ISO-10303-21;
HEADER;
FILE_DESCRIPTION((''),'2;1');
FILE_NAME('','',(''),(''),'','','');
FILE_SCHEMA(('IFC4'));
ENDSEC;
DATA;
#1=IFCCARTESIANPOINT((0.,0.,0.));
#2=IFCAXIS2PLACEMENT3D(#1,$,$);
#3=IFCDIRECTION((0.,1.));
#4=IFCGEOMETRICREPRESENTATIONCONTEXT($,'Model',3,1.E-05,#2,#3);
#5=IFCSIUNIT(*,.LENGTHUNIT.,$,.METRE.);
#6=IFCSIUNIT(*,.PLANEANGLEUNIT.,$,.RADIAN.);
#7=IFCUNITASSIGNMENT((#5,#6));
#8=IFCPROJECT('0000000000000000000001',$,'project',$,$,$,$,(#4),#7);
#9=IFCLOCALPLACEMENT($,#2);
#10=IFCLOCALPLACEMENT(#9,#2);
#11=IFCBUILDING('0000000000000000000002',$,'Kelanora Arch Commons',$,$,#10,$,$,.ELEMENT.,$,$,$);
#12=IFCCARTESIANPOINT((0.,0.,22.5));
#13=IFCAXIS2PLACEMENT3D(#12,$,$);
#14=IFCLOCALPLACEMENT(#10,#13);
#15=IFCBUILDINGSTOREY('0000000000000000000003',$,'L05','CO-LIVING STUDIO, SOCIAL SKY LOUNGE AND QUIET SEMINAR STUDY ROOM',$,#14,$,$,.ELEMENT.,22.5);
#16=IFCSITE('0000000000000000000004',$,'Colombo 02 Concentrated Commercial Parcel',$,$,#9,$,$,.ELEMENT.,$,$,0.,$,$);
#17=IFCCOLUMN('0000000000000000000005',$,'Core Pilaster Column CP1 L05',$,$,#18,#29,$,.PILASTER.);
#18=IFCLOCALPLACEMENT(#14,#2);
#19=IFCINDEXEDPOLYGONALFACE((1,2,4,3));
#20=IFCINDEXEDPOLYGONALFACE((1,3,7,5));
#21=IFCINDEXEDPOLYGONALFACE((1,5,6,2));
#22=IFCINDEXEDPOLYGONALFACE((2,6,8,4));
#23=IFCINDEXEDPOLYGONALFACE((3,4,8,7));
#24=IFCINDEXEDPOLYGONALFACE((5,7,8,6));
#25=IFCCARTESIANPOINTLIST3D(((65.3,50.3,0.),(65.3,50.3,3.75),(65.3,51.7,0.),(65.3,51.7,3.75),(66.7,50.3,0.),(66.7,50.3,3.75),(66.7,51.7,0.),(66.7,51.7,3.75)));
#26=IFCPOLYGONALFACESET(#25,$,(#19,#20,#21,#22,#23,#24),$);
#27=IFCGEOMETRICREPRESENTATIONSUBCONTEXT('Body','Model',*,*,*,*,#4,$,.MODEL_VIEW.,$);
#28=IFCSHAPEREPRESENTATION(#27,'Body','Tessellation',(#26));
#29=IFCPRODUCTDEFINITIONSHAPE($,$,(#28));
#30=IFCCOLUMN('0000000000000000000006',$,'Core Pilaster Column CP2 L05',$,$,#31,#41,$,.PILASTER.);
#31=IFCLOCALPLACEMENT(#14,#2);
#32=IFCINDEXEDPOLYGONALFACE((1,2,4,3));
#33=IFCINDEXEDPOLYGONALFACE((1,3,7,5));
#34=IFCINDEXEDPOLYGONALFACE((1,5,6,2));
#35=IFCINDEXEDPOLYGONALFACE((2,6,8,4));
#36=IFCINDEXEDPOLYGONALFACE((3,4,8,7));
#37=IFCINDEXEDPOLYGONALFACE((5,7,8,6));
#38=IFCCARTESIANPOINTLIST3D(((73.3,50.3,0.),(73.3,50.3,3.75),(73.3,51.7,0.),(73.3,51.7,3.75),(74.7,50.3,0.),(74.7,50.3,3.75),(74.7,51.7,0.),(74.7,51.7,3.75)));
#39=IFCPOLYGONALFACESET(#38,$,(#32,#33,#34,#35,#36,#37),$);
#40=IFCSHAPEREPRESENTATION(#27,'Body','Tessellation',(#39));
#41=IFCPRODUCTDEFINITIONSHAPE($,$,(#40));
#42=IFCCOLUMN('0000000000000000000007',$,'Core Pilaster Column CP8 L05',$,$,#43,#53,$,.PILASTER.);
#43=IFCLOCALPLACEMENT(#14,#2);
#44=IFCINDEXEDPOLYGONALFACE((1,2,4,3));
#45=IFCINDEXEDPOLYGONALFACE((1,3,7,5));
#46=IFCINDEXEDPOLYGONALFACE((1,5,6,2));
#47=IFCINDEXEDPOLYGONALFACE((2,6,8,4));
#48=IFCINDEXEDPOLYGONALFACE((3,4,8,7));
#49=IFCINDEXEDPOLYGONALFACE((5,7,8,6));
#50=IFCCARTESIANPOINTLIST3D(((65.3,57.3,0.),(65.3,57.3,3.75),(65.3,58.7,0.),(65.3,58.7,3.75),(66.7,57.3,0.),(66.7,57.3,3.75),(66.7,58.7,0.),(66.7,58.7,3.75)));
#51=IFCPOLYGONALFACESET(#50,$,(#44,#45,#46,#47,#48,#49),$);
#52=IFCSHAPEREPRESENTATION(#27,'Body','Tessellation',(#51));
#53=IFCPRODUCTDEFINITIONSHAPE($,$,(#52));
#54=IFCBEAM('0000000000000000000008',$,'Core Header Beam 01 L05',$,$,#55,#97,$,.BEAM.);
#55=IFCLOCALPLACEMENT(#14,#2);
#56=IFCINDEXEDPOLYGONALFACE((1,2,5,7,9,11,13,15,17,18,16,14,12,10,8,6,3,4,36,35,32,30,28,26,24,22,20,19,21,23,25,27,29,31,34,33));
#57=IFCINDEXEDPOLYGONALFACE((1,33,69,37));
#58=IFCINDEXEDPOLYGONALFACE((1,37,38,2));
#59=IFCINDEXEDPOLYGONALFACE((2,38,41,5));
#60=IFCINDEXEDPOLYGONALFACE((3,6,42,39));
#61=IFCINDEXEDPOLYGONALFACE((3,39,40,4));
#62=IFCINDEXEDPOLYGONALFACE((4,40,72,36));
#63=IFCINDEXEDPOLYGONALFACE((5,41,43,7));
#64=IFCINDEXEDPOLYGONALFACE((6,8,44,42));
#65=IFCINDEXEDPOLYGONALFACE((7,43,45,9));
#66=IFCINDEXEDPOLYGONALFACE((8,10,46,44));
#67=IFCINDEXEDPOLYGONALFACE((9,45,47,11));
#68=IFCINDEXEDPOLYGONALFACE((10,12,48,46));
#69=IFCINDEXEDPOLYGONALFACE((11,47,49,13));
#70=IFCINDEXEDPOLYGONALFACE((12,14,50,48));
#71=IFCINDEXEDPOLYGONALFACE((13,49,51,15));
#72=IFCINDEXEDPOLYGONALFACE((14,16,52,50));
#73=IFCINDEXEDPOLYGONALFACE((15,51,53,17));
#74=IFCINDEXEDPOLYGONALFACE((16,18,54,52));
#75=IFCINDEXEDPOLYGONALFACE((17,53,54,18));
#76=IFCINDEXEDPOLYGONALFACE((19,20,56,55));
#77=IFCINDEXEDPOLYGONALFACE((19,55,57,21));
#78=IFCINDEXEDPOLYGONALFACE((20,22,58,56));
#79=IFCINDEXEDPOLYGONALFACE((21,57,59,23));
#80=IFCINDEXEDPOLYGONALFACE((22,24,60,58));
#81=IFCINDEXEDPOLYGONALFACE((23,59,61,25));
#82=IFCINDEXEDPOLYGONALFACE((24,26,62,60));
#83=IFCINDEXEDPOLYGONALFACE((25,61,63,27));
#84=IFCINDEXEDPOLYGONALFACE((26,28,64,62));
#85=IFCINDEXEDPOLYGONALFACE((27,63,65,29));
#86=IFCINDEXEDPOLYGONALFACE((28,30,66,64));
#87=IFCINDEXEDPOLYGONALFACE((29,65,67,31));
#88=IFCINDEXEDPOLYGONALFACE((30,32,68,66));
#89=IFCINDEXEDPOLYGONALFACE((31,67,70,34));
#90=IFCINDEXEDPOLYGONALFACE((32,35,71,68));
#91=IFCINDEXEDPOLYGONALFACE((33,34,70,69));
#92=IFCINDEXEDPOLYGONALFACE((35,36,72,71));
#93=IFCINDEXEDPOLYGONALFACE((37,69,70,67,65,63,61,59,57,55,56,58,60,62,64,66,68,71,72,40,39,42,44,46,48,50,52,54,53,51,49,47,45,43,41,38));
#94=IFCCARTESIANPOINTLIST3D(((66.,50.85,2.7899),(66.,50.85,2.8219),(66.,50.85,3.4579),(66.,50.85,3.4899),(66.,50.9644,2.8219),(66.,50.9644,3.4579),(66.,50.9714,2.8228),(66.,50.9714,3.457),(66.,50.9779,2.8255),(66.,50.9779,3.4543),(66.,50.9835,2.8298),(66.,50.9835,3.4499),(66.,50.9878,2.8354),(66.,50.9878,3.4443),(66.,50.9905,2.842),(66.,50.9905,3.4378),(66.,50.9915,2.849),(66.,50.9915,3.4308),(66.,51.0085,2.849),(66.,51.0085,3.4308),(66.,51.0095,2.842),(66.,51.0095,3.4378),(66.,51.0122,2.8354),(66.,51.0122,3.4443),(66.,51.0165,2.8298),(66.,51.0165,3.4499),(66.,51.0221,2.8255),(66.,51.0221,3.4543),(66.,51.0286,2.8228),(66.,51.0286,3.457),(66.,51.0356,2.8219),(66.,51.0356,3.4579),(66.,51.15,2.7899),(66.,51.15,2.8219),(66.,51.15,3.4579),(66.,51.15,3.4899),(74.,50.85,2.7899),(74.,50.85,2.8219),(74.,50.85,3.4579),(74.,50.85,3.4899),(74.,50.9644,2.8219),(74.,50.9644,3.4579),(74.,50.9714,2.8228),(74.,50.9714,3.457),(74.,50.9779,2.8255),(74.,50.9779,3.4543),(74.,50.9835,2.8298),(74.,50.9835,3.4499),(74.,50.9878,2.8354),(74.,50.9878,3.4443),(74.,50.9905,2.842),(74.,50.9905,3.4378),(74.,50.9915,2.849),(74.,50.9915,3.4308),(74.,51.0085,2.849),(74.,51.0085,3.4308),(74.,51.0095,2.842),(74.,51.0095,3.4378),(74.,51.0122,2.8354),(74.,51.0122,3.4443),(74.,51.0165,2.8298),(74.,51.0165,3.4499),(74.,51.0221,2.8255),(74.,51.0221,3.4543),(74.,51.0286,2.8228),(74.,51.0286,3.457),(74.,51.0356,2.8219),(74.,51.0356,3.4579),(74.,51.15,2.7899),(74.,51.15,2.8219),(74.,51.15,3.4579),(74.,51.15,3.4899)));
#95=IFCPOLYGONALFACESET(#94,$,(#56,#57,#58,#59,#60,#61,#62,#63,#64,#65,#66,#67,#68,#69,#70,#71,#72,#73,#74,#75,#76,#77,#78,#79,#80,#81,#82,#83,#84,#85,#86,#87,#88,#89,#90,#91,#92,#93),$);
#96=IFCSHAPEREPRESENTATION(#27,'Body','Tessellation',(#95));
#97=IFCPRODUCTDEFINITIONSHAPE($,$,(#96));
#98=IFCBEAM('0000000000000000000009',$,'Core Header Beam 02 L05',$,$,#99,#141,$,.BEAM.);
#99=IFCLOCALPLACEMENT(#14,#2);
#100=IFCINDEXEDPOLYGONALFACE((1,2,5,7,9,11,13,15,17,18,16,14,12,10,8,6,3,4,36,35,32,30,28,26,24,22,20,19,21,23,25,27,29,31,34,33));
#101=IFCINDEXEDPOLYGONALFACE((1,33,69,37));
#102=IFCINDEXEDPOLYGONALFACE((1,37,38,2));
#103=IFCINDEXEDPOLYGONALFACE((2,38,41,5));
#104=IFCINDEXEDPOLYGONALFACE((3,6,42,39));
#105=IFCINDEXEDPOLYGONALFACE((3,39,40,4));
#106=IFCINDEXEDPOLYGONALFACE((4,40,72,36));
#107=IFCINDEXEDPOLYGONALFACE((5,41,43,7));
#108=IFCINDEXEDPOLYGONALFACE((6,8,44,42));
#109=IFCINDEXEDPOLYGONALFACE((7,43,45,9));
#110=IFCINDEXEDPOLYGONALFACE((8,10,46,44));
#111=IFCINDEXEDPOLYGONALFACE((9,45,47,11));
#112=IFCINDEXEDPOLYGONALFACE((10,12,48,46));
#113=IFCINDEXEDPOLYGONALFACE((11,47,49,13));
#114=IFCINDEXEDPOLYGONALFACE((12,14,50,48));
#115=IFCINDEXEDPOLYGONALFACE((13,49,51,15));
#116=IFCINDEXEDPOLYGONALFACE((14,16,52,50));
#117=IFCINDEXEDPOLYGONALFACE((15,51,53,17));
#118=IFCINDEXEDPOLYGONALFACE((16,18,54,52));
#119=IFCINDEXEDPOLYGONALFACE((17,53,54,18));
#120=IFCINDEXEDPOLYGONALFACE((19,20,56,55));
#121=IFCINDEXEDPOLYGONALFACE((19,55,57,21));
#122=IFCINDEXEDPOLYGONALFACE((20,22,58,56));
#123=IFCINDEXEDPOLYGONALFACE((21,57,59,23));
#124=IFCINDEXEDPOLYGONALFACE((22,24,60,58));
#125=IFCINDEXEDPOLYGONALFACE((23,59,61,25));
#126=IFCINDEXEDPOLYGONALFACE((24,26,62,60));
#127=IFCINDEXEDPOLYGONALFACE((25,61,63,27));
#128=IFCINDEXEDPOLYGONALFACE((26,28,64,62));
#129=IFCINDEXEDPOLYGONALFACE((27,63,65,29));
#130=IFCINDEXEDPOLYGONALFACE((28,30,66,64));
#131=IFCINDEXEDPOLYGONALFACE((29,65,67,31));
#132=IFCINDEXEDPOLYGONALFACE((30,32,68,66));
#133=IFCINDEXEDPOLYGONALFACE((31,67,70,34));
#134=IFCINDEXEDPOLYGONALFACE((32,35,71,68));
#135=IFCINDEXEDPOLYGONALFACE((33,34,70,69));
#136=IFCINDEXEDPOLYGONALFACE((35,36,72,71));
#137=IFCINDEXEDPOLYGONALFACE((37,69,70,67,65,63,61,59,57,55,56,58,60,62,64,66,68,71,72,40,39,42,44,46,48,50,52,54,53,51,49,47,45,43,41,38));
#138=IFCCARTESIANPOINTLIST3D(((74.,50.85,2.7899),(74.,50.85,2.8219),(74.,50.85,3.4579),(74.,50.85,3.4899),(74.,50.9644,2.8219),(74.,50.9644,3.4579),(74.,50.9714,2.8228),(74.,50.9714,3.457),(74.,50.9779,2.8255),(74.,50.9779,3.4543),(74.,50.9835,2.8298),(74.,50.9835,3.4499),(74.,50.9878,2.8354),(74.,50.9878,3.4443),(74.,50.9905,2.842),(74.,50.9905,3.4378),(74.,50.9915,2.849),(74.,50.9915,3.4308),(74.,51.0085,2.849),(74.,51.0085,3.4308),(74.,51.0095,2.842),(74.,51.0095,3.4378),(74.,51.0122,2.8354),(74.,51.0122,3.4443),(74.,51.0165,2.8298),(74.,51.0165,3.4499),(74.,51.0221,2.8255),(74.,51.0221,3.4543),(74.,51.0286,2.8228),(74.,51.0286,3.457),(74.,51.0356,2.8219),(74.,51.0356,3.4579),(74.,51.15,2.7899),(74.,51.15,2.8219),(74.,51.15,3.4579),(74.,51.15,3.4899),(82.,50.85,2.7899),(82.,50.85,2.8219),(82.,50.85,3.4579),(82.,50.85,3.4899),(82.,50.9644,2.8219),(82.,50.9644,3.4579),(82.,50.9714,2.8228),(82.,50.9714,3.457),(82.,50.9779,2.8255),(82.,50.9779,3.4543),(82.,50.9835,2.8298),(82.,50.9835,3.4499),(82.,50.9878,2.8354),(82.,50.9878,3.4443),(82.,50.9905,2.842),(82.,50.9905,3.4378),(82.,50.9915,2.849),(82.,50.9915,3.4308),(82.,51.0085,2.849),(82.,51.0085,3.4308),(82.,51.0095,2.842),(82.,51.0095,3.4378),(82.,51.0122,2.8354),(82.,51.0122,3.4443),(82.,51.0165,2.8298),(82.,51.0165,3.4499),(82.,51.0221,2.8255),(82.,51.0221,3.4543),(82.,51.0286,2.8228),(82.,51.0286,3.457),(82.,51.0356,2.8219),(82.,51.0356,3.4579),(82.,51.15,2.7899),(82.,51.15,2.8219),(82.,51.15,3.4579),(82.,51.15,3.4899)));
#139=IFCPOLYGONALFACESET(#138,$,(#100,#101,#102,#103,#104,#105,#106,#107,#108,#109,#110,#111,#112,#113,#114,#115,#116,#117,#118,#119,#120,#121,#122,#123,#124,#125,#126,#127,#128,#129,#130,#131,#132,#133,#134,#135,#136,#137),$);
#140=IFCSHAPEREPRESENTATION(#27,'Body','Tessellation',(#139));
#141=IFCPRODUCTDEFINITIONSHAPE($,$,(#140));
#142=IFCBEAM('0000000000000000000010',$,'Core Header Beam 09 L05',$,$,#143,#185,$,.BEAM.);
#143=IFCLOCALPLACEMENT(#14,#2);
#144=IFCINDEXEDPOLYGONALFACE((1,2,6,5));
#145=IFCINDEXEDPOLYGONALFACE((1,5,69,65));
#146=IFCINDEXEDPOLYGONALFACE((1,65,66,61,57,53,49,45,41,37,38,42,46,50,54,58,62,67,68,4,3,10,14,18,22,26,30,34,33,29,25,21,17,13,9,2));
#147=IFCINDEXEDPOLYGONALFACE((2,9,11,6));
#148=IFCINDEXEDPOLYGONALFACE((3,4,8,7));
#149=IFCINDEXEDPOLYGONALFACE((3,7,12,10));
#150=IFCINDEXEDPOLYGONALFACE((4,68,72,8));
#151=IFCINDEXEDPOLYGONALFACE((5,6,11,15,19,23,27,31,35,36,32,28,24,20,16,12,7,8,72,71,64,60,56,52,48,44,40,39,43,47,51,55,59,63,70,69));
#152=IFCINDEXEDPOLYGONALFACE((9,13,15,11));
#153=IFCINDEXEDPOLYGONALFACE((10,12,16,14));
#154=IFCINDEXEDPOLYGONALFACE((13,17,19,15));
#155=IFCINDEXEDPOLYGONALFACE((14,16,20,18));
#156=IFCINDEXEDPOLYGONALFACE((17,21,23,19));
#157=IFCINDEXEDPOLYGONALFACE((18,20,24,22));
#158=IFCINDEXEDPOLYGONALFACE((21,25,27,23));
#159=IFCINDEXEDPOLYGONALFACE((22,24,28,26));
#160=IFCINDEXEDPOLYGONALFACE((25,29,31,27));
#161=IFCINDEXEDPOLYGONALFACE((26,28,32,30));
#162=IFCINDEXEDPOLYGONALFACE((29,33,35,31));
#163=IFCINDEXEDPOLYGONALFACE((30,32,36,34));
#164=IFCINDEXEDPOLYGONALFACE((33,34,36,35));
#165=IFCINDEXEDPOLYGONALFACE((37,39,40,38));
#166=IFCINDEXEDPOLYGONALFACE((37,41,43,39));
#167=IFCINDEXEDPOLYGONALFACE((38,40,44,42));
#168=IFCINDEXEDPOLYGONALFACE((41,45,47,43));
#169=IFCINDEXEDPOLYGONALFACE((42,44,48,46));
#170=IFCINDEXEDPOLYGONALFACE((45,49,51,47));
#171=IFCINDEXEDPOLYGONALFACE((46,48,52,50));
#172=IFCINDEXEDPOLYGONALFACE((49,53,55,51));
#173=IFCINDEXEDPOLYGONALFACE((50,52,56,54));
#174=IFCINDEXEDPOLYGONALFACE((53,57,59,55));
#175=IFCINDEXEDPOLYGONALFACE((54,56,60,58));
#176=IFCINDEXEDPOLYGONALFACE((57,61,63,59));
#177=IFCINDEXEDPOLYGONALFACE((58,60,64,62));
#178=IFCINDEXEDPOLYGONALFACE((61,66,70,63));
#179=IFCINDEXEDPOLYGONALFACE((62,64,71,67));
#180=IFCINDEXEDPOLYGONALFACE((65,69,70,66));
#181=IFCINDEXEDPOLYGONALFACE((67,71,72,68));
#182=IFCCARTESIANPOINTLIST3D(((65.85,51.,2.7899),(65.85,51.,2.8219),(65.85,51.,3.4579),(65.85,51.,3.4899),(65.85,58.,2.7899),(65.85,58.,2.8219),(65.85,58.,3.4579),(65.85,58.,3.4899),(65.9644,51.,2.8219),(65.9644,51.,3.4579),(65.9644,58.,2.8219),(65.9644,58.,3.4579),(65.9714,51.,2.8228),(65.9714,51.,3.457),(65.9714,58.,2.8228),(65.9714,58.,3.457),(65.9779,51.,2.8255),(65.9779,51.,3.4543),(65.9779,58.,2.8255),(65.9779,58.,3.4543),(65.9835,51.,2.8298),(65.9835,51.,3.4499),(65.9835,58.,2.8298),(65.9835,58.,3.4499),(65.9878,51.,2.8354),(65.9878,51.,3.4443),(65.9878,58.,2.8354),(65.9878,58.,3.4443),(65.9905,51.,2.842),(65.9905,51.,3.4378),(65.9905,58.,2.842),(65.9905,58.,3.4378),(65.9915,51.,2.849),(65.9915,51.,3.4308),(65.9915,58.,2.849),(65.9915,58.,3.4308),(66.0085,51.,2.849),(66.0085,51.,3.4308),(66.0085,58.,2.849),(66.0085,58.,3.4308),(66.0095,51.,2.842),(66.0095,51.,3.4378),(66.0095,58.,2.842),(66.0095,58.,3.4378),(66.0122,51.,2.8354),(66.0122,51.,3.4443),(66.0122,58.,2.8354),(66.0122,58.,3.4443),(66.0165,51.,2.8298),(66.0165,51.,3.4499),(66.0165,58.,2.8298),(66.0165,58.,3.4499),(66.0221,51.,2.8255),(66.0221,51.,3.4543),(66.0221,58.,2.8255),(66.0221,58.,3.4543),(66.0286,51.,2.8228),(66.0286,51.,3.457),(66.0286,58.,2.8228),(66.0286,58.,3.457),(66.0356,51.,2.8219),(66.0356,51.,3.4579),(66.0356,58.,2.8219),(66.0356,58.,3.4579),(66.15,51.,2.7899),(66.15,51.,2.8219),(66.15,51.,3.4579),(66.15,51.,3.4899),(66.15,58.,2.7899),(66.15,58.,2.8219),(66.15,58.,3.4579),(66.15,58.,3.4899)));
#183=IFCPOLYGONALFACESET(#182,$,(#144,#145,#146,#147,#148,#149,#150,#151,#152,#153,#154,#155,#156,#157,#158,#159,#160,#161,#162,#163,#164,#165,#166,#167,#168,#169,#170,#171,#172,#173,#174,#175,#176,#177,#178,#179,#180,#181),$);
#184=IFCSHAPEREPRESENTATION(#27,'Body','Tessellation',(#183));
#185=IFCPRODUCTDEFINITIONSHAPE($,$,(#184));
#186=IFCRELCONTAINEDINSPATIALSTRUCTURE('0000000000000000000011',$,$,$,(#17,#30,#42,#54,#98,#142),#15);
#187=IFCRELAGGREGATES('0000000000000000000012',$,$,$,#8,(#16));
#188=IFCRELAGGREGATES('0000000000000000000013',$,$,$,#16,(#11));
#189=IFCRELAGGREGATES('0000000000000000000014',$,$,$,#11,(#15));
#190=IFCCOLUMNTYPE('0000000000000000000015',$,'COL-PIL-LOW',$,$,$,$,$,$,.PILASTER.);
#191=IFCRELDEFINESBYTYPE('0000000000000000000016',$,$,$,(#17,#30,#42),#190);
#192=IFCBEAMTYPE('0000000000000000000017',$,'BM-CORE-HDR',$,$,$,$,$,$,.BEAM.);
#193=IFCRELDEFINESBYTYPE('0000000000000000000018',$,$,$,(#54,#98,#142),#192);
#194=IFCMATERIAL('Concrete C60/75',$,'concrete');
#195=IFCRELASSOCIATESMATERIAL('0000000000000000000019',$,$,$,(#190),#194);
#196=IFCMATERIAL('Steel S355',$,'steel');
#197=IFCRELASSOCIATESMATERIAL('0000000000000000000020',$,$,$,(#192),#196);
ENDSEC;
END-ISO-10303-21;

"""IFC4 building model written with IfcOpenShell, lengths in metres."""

from ifc_helpers import new_model, si_unit, direction, frame, origin, origin_2d, place, context, subcontext, project, spatial, rectangle, i_section, extrude, material, material_profile, profile_set, type_object, element, save


model = new_model("IFC4")

# Units and contexts
model_context = context("Model", 3, precision=1e-05, world=origin(), true_north=direction((0.0, 1.0)))
body_context = subcontext(model_context, "Body", "Model", "MODEL_VIEW")
ifc_project = project(units=[si_unit("LENGTHUNIT", "METRE"), si_unit("PLANEANGLEUNIT", "RADIAN")], contexts=[model_context])

# Site, building, storey
site_placement = place(None, origin())
site = spatial("IfcSite", under=ifc_project, at=site_placement, Name="Colombo 02 Concentrated Commercial Parcel", CompositionType="ELEMENT", RefElevation=0.0)
building_placement = place(site_placement, origin())
building = spatial("IfcBuilding", under=site, at=building_placement, Name="Kelanora Arch Commons", CompositionType="ELEMENT")
storey_placement = place(building_placement, frame((0.0, 0.0, 22.5)))
storey = spatial("IfcBuildingStorey", under=building, at=storey_placement, Name="L05", Description="CO-LIVING STUDIO, SOCIAL SKY LOUNGE AND QUIET SEMINAR STUDY ROOM", CompositionType="ELEMENT", Elevation=22.5)

# Columns
ifc_material_1 = material(Name="Concrete C60/75", Category="concrete")
ifc_material_profile_1 = material_profile(ifc_material_1, rectangle(XDim=1.3999, YDim=1.3999, at=origin_2d()), Name="RC1400x1400")
ifc_profile_set_1 = profile_set([ifc_material_profile_1], Name="Concrete C60/75")
column_type = type_object("IfcColumnType", Name="COL-PIL-LOW", PredefinedType="PILASTER", material=ifc_profile_set_1)
for number, where, z_axis, x_axis, name in (
    (1, (66.0, 51.0, 0.0), (0.0, 0.0, 1.0), (1.0, 0.0, 0.0), "Core Pilaster Column CP1 L05"),
    (2, (74.0, 51.0, 0.0), (0.0, 0.0, 1.0), (1.0, 0.0, 0.0), "Core Pilaster Column CP2 L05"),
    (3, (66.0, 58.0, 0.0), (0.0, 0.0, 1.0), (1.0, 0.0, 0.0), "Core Pilaster Column CP8 L05"),
):
    element("IfcColumn", number, at=place(storey_placement, frame(where, z_axis=z_axis, x_axis=x_axis)), inside=storey, type_object=column_type, Name=name, PredefinedType="PILASTER", context=body_context, shape_type="SweptSolid", body=[
        extrude(rectangle(XDim=1.3999, YDim=1.3999, at=origin_2d()), origin(), (0.0, 0.0, 1.0), 3.75),
    ])

# Beams
ifc_material_2 = material(Name="Steel S355", Category="steel")
ifc_material_profile_2 = material_profile(ifc_material_2, i_section(OverallWidth=0.3, OverallDepth=0.7, WebThickness=0.0171, FlangeThickness=0.032, FilletRadius=0.0271, at=origin_2d()), Name="HEB700")
ifc_profile_set_2 = profile_set([ifc_material_profile_2], Name="Steel S355")
beam_type_1 = type_object("IfcBeamType", Name="BM-CORE-HDR", PredefinedType="BEAM", material=ifc_profile_set_2)
for number, where, z_axis, x_axis, name in (
    (4, (66.0, 51.0, 3.1399), (1.0, 0.0, 0.0), (0.0, 1.0, 0.0), "Core Header Beam 01 L05"),
    (5, (74.0, 51.0, 3.1399), (1.0, 0.0, 0.0), (0.0, 1.0, 0.0), "Core Header Beam 02 L05"),
):
    element("IfcBeam", number, at=place(storey_placement, frame(where, z_axis=z_axis, x_axis=x_axis)), inside=storey, type_object=beam_type_1, Name=name, PredefinedType="BEAM", context=body_context, shape_type="SweptSolid", body=[
        extrude(i_section(OverallWidth=0.3, OverallDepth=0.7, WebThickness=0.0171, FlangeThickness=0.032, FilletRadius=0.0271, at=origin_2d()), origin(), (0.0, 0.0, 1.0), 8.0),
    ])
beam_1_placement = place(storey_placement, frame((66.0, 58.0, 3.1399), z_axis=(0.0, -1.0, 0.0), x_axis=(1.0, 0.0, 0.0)))
element("IfcBeam", 6, at=beam_1_placement, inside=storey, type_object=beam_type_1, Name="Core Header Beam 09 L05", PredefinedType="BEAM", context=body_context, shape_type="SweptSolid", body=[
    extrude(i_section(OverallWidth=0.3, OverallDepth=0.7, WebThickness=0.0171, FlangeThickness=0.032, FilletRadius=0.0271, at=origin_2d()), origin(), (0.0, 0.0, 1.0), 7.0),
])

save(model, "model.ifc")
